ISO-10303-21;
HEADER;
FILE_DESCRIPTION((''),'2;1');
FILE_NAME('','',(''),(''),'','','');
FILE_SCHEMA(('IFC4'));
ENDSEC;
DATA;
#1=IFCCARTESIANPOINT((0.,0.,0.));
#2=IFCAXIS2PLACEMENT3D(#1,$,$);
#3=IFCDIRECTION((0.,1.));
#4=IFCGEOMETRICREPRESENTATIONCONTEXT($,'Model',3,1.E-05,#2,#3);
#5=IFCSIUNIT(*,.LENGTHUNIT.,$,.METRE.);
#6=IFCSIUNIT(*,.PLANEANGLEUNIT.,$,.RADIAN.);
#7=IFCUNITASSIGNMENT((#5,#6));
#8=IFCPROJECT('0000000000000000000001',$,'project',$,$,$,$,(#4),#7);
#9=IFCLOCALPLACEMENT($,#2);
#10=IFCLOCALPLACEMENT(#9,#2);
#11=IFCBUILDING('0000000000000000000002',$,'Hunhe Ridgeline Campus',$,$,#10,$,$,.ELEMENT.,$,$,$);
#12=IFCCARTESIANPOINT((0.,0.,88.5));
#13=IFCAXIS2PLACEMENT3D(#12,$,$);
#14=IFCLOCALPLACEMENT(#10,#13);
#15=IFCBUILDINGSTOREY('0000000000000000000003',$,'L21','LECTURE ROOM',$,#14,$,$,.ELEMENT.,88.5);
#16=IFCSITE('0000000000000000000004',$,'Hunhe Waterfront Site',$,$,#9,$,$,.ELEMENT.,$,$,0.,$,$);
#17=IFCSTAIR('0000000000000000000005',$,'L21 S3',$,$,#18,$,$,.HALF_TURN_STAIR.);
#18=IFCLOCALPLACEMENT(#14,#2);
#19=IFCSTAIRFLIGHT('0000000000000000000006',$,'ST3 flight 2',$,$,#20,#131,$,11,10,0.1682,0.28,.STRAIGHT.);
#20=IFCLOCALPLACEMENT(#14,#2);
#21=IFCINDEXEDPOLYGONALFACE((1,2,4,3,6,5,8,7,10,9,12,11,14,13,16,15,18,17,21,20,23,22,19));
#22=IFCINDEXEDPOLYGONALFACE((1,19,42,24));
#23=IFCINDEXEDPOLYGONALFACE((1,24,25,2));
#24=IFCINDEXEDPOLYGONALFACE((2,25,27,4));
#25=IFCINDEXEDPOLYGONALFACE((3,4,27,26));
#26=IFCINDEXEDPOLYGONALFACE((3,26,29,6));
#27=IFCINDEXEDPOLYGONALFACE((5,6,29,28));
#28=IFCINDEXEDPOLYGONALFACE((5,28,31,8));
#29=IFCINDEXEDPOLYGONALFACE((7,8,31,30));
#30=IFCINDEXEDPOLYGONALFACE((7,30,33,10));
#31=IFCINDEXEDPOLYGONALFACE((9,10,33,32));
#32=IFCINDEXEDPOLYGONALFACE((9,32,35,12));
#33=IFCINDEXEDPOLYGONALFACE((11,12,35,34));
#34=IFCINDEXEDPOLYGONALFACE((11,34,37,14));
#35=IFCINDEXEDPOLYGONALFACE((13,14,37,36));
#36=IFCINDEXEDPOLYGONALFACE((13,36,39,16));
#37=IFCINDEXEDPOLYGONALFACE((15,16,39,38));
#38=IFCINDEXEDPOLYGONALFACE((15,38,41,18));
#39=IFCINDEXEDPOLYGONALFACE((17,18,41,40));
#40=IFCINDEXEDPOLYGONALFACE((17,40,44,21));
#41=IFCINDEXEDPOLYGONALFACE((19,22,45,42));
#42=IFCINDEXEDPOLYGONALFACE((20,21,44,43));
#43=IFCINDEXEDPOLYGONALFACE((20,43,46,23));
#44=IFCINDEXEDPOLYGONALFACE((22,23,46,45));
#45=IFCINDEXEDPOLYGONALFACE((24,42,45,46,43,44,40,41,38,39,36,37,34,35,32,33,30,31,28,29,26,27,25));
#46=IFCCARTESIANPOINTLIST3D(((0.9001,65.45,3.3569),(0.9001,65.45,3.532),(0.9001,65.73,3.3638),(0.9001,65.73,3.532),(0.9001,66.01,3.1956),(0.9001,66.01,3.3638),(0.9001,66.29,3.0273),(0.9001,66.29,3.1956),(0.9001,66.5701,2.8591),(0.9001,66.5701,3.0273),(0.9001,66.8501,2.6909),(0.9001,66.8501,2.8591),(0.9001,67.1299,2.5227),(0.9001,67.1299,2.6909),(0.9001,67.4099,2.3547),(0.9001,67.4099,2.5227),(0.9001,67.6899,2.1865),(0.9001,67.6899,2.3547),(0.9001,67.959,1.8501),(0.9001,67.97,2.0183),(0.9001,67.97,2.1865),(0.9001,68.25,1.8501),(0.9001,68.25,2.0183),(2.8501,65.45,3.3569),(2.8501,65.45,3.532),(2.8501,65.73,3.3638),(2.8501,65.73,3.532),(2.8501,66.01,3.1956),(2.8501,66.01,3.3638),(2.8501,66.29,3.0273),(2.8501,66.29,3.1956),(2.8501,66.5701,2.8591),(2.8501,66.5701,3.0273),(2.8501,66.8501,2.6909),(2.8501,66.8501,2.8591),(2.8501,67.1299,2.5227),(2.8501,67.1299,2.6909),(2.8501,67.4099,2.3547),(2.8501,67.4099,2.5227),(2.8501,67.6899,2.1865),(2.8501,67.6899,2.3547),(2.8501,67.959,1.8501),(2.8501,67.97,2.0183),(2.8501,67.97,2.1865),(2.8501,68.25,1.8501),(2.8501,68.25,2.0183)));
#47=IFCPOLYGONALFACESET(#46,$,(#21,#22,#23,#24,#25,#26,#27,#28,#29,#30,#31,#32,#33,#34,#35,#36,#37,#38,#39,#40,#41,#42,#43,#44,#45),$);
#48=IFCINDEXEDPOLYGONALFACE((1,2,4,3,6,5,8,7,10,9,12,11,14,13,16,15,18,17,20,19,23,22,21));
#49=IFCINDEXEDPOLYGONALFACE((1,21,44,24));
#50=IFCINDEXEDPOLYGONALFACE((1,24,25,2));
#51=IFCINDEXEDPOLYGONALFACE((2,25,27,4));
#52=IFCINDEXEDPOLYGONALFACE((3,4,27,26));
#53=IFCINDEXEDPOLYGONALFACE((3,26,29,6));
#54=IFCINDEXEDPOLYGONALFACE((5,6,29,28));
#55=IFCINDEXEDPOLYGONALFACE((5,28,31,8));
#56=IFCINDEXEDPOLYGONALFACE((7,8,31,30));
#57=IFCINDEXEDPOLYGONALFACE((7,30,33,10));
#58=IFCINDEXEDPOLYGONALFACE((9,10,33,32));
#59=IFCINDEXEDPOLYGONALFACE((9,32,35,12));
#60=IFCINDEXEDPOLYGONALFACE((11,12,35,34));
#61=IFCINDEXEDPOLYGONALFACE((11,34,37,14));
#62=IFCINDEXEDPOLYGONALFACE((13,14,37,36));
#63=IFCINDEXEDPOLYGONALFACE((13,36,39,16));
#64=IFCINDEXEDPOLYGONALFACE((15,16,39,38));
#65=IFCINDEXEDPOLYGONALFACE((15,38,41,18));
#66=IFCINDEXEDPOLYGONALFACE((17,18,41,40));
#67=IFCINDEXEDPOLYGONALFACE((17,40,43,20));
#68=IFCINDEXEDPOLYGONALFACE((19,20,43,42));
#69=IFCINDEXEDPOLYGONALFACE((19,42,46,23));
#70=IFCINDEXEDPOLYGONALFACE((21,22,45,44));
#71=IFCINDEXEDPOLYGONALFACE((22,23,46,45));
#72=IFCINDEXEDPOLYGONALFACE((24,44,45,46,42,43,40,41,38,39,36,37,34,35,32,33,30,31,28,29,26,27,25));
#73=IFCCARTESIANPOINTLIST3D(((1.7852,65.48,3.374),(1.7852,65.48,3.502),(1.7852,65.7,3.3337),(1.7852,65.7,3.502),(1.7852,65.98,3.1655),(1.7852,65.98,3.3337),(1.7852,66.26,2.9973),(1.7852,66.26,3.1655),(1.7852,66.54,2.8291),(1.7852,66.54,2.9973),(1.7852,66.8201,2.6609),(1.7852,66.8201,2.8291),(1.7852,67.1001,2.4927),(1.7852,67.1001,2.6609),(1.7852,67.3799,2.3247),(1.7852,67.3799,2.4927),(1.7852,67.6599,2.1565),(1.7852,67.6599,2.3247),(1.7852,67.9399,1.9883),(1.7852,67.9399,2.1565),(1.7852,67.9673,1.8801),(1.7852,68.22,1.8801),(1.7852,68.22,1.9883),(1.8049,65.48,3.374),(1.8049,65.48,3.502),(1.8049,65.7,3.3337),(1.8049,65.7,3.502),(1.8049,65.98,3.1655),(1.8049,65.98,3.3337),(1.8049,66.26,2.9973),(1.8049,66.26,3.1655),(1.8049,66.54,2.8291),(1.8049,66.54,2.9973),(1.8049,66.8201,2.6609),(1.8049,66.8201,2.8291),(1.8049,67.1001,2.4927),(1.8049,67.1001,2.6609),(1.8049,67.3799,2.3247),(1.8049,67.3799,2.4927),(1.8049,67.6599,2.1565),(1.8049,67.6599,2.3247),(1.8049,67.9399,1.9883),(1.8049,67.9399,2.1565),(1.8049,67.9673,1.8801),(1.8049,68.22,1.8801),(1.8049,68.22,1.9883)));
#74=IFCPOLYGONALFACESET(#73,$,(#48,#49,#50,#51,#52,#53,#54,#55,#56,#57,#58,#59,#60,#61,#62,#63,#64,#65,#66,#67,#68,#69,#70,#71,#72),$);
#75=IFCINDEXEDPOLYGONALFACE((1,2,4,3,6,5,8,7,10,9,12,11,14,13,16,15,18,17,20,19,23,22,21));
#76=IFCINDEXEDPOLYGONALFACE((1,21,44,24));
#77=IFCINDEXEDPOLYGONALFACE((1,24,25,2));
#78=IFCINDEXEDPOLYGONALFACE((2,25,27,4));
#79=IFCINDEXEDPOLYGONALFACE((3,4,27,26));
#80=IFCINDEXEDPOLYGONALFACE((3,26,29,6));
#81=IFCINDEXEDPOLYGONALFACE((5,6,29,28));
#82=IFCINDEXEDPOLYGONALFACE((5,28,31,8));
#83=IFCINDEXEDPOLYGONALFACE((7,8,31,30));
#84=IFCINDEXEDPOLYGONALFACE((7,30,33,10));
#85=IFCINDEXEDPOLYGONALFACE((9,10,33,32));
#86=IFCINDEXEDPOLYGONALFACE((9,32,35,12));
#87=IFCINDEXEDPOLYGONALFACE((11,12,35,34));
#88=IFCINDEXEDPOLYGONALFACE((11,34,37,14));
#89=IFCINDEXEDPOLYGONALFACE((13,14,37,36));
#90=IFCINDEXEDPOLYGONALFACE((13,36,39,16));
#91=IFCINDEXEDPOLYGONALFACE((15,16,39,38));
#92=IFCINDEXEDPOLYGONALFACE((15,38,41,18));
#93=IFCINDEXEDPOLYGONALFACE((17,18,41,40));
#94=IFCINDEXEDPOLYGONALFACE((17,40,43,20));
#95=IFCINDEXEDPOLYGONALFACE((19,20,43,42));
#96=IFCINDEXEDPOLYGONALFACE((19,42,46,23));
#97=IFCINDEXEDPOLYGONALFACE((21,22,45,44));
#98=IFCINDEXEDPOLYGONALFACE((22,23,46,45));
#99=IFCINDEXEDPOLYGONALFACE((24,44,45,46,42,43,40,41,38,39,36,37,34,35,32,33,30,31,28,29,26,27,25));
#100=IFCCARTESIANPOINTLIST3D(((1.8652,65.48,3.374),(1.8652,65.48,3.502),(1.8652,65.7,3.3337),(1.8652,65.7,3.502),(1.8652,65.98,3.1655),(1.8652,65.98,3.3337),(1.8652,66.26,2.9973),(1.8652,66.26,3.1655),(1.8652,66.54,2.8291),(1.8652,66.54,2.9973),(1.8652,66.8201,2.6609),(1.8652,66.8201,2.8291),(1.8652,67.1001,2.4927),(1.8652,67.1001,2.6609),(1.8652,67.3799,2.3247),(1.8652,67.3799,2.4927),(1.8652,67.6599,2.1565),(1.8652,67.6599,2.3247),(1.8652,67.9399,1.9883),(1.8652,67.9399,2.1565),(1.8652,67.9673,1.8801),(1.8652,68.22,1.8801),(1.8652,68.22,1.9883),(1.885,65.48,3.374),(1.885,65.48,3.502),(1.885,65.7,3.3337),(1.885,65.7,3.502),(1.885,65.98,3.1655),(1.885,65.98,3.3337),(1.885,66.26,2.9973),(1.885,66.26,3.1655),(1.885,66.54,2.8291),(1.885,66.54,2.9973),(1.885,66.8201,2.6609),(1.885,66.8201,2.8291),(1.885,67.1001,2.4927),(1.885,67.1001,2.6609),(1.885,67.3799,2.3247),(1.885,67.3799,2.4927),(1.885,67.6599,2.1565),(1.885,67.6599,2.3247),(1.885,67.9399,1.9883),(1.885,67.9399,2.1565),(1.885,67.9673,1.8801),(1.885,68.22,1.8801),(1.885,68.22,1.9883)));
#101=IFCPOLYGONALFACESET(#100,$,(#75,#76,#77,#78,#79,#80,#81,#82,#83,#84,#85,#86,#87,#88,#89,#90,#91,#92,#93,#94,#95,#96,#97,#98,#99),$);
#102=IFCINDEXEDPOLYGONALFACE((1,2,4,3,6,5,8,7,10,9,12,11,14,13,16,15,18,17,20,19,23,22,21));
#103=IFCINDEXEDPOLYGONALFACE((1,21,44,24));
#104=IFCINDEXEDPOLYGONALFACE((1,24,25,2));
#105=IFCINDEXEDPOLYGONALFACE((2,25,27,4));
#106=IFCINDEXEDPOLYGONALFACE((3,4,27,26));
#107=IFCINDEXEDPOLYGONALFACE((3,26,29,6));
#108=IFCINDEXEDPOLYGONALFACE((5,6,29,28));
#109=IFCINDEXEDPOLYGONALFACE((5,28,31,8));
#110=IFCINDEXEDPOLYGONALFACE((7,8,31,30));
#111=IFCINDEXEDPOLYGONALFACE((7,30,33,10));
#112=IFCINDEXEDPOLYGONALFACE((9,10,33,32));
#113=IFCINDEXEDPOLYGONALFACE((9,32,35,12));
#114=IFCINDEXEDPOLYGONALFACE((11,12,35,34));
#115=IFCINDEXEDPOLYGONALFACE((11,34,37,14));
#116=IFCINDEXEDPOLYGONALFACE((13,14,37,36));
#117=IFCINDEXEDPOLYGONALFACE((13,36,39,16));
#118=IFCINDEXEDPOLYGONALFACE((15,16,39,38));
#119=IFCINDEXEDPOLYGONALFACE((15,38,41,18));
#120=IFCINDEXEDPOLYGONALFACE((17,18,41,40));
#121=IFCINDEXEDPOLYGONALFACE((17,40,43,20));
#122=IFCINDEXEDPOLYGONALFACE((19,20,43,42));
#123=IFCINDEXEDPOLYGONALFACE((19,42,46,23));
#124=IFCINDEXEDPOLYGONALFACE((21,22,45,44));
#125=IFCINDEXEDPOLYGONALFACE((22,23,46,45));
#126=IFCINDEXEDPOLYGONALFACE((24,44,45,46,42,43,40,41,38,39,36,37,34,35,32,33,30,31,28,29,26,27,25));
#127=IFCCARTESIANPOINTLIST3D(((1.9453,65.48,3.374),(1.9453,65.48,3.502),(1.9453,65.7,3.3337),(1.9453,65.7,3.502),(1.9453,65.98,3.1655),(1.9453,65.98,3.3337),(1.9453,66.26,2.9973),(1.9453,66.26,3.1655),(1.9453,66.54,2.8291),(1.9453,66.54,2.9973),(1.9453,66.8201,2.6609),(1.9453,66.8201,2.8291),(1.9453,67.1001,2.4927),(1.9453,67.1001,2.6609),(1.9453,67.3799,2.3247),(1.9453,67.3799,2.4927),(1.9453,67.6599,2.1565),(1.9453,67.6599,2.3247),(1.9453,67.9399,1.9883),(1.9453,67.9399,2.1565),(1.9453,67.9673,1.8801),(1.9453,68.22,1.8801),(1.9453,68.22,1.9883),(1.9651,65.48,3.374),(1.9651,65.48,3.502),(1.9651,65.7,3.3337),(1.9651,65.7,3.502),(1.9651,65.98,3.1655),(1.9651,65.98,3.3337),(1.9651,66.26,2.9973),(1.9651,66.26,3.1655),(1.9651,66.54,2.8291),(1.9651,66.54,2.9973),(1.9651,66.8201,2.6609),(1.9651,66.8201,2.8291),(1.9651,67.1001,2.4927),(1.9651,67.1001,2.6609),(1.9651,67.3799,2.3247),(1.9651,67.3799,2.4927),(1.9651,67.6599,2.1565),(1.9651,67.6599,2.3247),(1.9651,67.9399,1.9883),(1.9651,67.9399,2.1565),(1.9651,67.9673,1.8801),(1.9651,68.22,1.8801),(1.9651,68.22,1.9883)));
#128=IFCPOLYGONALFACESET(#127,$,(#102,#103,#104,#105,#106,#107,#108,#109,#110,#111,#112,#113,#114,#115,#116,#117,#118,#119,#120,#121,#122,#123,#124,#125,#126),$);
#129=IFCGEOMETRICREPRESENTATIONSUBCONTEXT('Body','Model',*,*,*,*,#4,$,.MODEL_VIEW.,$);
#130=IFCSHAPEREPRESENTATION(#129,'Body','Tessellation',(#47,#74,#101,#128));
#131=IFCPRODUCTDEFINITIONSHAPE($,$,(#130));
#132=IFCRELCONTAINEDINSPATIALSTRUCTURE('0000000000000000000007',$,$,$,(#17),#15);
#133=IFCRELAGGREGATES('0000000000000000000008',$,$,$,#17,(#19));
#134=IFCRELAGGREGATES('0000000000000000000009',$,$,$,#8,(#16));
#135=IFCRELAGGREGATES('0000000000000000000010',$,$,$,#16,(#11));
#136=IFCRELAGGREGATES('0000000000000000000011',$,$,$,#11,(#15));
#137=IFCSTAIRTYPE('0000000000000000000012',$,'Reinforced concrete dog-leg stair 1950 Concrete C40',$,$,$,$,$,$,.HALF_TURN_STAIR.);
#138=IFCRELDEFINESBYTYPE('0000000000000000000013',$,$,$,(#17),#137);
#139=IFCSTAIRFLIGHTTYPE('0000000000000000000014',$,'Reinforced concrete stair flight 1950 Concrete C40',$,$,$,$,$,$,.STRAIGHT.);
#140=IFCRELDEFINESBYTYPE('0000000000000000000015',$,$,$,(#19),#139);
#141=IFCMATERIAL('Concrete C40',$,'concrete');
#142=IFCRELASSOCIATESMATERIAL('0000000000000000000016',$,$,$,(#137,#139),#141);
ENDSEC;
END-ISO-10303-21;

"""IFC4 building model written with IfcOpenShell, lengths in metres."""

from ifc_helpers import new_model, si_unit, direction, frame, origin, place, context, subcontext, project, spatial, polyline, outline, extrude, material, type_object, element, aggregate, save


model = new_model("IFC4")

# Units and contexts
model_context = context("Model", 3, precision=1e-05, world=origin(), true_north=direction((0.0, 1.0)))
body_context = subcontext(model_context, "Body", "Model", "MODEL_VIEW")
ifc_project = project(units=[si_unit("LENGTHUNIT", "METRE"), si_unit("PLANEANGLEUNIT", "RADIAN")], contexts=[model_context])

# Site, building, storey
site_placement = place(None, origin())
site = spatial("IfcSite", under=ifc_project, at=site_placement, Name="Hunhe Waterfront Site", CompositionType="ELEMENT", RefElevation=0.0)
building_placement = place(site_placement, origin())
building = spatial("IfcBuilding", under=site, at=building_placement, Name="Hunhe Ridgeline Campus", CompositionType="ELEMENT")
storey_placement = place(building_placement, frame((0.0, 0.0, 88.5)))
storey = spatial("IfcBuildingStorey", under=building, at=storey_placement, Name="L21", Description="LECTURE ROOM", CompositionType="ELEMENT", Elevation=88.5)

# Stair, stair flight
ifc_material_1 = material(Name="Concrete C40", Category="concrete")
stair_type = type_object("IfcStairType", Name="Reinforced concrete dog-leg stair 1950 Concrete C40", PredefinedType="HALF_TURN_STAIR", material=ifc_material_1)
stair_1_placement = place(storey_placement, origin())
stair_1 = element("IfcStair", 1, at=stair_1_placement, inside=storey, type_object=stair_type, Name="L21 S3", PredefinedType="HALF_TURN_STAIR")
stair_flight_type = type_object("IfcStairFlightType", Name="Reinforced concrete stair flight 1950 Concrete C40", PredefinedType="STRAIGHT", material=ifc_material_1)
stair_flight_1_placement = place(storey_placement, frame((1.875, 68.25, 1.8501), z_axis=(0.0, 0.0, 1.0), x_axis=(0.0, -1.0, 0.0)))
stair_flight_1 = element("IfcStairFlight", 2, at=stair_flight_1_placement, type_object=stair_flight_type, Name="ST3 flight 2", NumberOfRisers=11, NumberOfTreads=10, PredefinedType="STRAIGHT", RiserHeight=0.1682, TreadLength=0.28, context=body_context, shape_type="SweptSolid", body=[
    extrude(outline(polyline([(0.0, 0.0), (0.0, 0.1682), (0.28, 0.1682), (0.28, 0.3364), (0.5601, 0.3364), (0.5601, 0.5046), (0.8401, 0.5046), (0.8401, 0.6726), (1.1201, 0.6726), (1.1201, 0.8408), (1.3999, 0.8408), (1.3999, 1.009), (1.6799, 1.009), (1.6799, 1.1772), (1.96, 1.1772), (1.96, 1.3455), (2.24, 1.3455), (2.24, 1.5137), (2.52, 1.5137), (2.52, 1.6819), (2.8, 1.6819), (2.8, 1.8501), (2.8, 1.5068), (0.291, 0.0), (0.0, 0.0)])), frame((0.0, 0.9751, 0.0), z_axis=(0.0, -1.0, 0.0), x_axis=(1.0, 0.0, 0.0)), (0.0, 0.0, 1.0), 1.95),
    extrude(outline(polyline([(0.03, 0.03), (0.03, 0.1382), (0.3101, 0.1382), (0.3101, 0.3064), (0.5901, 0.3064), (0.5901, 0.4746), (0.8701, 0.4746), (0.8701, 0.6426), (1.1499, 0.6426), (1.1499, 0.8108), (1.4299, 0.8108), (1.4299, 0.979), (1.71, 0.979), (1.71, 1.1472), (1.99, 1.1472), (1.99, 1.3154), (2.27, 1.3154), (2.27, 1.4836), (2.55, 1.4836), (2.55, 1.6519), (2.77, 1.6519), (2.77, 1.5239), (0.2827, 0.03), (0.03, 0.03)])), frame((0.0, -0.0701, 0.0), z_axis=(0.0, -1.0, 0.0), x_axis=(1.0, 0.0, 0.0)), (0.0, 0.0, 1.0), 0.0198),
    extrude(outline(polyline([(0.03, 0.03), (0.03, 0.1382), (0.3101, 0.1382), (0.3101, 0.3064), (0.5901, 0.3064), (0.5901, 0.4746), (0.8701, 0.4746), (0.8701, 0.6426), (1.1499, 0.6426), (1.1499, 0.8108), (1.4299, 0.8108), (1.4299, 0.979), (1.71, 0.979), (1.71, 1.1472), (1.99, 1.1472), (1.99, 1.3154), (2.27, 1.3154), (2.27, 1.4836), (2.55, 1.4836), (2.55, 1.6519), (2.77, 1.6519), (2.77, 1.5239), (0.2827, 0.03), (0.03, 0.03)])), frame((0.0, 0.01, 0.0), z_axis=(0.0, -1.0, 0.0), x_axis=(1.0, 0.0, 0.0)), (0.0, 0.0, 1.0), 0.0198),
    extrude(outline(polyline([(0.03, 0.03), (0.03, 0.1382), (0.3101, 0.1382), (0.3101, 0.3064), (0.5901, 0.3064), (0.5901, 0.4746), (0.8701, 0.4746), (0.8701, 0.6426), (1.1499, 0.6426), (1.1499, 0.8108), (1.4299, 0.8108), (1.4299, 0.979), (1.71, 0.979), (1.71, 1.1472), (1.99, 1.1472), (1.99, 1.3154), (2.27, 1.3154), (2.27, 1.4836), (2.55, 1.4836), (2.55, 1.6519), (2.77, 1.6519), (2.77, 1.5239), (0.2827, 0.03), (0.03, 0.03)])), frame((0.0, 0.0901, 0.0), z_axis=(0.0, -1.0, 0.0), x_axis=(1.0, 0.0, 0.0)), (0.0, 0.0, 1.0), 0.0198),
])
aggregate(stair_1, [stair_flight_1])

save(model, "model.ifc")
